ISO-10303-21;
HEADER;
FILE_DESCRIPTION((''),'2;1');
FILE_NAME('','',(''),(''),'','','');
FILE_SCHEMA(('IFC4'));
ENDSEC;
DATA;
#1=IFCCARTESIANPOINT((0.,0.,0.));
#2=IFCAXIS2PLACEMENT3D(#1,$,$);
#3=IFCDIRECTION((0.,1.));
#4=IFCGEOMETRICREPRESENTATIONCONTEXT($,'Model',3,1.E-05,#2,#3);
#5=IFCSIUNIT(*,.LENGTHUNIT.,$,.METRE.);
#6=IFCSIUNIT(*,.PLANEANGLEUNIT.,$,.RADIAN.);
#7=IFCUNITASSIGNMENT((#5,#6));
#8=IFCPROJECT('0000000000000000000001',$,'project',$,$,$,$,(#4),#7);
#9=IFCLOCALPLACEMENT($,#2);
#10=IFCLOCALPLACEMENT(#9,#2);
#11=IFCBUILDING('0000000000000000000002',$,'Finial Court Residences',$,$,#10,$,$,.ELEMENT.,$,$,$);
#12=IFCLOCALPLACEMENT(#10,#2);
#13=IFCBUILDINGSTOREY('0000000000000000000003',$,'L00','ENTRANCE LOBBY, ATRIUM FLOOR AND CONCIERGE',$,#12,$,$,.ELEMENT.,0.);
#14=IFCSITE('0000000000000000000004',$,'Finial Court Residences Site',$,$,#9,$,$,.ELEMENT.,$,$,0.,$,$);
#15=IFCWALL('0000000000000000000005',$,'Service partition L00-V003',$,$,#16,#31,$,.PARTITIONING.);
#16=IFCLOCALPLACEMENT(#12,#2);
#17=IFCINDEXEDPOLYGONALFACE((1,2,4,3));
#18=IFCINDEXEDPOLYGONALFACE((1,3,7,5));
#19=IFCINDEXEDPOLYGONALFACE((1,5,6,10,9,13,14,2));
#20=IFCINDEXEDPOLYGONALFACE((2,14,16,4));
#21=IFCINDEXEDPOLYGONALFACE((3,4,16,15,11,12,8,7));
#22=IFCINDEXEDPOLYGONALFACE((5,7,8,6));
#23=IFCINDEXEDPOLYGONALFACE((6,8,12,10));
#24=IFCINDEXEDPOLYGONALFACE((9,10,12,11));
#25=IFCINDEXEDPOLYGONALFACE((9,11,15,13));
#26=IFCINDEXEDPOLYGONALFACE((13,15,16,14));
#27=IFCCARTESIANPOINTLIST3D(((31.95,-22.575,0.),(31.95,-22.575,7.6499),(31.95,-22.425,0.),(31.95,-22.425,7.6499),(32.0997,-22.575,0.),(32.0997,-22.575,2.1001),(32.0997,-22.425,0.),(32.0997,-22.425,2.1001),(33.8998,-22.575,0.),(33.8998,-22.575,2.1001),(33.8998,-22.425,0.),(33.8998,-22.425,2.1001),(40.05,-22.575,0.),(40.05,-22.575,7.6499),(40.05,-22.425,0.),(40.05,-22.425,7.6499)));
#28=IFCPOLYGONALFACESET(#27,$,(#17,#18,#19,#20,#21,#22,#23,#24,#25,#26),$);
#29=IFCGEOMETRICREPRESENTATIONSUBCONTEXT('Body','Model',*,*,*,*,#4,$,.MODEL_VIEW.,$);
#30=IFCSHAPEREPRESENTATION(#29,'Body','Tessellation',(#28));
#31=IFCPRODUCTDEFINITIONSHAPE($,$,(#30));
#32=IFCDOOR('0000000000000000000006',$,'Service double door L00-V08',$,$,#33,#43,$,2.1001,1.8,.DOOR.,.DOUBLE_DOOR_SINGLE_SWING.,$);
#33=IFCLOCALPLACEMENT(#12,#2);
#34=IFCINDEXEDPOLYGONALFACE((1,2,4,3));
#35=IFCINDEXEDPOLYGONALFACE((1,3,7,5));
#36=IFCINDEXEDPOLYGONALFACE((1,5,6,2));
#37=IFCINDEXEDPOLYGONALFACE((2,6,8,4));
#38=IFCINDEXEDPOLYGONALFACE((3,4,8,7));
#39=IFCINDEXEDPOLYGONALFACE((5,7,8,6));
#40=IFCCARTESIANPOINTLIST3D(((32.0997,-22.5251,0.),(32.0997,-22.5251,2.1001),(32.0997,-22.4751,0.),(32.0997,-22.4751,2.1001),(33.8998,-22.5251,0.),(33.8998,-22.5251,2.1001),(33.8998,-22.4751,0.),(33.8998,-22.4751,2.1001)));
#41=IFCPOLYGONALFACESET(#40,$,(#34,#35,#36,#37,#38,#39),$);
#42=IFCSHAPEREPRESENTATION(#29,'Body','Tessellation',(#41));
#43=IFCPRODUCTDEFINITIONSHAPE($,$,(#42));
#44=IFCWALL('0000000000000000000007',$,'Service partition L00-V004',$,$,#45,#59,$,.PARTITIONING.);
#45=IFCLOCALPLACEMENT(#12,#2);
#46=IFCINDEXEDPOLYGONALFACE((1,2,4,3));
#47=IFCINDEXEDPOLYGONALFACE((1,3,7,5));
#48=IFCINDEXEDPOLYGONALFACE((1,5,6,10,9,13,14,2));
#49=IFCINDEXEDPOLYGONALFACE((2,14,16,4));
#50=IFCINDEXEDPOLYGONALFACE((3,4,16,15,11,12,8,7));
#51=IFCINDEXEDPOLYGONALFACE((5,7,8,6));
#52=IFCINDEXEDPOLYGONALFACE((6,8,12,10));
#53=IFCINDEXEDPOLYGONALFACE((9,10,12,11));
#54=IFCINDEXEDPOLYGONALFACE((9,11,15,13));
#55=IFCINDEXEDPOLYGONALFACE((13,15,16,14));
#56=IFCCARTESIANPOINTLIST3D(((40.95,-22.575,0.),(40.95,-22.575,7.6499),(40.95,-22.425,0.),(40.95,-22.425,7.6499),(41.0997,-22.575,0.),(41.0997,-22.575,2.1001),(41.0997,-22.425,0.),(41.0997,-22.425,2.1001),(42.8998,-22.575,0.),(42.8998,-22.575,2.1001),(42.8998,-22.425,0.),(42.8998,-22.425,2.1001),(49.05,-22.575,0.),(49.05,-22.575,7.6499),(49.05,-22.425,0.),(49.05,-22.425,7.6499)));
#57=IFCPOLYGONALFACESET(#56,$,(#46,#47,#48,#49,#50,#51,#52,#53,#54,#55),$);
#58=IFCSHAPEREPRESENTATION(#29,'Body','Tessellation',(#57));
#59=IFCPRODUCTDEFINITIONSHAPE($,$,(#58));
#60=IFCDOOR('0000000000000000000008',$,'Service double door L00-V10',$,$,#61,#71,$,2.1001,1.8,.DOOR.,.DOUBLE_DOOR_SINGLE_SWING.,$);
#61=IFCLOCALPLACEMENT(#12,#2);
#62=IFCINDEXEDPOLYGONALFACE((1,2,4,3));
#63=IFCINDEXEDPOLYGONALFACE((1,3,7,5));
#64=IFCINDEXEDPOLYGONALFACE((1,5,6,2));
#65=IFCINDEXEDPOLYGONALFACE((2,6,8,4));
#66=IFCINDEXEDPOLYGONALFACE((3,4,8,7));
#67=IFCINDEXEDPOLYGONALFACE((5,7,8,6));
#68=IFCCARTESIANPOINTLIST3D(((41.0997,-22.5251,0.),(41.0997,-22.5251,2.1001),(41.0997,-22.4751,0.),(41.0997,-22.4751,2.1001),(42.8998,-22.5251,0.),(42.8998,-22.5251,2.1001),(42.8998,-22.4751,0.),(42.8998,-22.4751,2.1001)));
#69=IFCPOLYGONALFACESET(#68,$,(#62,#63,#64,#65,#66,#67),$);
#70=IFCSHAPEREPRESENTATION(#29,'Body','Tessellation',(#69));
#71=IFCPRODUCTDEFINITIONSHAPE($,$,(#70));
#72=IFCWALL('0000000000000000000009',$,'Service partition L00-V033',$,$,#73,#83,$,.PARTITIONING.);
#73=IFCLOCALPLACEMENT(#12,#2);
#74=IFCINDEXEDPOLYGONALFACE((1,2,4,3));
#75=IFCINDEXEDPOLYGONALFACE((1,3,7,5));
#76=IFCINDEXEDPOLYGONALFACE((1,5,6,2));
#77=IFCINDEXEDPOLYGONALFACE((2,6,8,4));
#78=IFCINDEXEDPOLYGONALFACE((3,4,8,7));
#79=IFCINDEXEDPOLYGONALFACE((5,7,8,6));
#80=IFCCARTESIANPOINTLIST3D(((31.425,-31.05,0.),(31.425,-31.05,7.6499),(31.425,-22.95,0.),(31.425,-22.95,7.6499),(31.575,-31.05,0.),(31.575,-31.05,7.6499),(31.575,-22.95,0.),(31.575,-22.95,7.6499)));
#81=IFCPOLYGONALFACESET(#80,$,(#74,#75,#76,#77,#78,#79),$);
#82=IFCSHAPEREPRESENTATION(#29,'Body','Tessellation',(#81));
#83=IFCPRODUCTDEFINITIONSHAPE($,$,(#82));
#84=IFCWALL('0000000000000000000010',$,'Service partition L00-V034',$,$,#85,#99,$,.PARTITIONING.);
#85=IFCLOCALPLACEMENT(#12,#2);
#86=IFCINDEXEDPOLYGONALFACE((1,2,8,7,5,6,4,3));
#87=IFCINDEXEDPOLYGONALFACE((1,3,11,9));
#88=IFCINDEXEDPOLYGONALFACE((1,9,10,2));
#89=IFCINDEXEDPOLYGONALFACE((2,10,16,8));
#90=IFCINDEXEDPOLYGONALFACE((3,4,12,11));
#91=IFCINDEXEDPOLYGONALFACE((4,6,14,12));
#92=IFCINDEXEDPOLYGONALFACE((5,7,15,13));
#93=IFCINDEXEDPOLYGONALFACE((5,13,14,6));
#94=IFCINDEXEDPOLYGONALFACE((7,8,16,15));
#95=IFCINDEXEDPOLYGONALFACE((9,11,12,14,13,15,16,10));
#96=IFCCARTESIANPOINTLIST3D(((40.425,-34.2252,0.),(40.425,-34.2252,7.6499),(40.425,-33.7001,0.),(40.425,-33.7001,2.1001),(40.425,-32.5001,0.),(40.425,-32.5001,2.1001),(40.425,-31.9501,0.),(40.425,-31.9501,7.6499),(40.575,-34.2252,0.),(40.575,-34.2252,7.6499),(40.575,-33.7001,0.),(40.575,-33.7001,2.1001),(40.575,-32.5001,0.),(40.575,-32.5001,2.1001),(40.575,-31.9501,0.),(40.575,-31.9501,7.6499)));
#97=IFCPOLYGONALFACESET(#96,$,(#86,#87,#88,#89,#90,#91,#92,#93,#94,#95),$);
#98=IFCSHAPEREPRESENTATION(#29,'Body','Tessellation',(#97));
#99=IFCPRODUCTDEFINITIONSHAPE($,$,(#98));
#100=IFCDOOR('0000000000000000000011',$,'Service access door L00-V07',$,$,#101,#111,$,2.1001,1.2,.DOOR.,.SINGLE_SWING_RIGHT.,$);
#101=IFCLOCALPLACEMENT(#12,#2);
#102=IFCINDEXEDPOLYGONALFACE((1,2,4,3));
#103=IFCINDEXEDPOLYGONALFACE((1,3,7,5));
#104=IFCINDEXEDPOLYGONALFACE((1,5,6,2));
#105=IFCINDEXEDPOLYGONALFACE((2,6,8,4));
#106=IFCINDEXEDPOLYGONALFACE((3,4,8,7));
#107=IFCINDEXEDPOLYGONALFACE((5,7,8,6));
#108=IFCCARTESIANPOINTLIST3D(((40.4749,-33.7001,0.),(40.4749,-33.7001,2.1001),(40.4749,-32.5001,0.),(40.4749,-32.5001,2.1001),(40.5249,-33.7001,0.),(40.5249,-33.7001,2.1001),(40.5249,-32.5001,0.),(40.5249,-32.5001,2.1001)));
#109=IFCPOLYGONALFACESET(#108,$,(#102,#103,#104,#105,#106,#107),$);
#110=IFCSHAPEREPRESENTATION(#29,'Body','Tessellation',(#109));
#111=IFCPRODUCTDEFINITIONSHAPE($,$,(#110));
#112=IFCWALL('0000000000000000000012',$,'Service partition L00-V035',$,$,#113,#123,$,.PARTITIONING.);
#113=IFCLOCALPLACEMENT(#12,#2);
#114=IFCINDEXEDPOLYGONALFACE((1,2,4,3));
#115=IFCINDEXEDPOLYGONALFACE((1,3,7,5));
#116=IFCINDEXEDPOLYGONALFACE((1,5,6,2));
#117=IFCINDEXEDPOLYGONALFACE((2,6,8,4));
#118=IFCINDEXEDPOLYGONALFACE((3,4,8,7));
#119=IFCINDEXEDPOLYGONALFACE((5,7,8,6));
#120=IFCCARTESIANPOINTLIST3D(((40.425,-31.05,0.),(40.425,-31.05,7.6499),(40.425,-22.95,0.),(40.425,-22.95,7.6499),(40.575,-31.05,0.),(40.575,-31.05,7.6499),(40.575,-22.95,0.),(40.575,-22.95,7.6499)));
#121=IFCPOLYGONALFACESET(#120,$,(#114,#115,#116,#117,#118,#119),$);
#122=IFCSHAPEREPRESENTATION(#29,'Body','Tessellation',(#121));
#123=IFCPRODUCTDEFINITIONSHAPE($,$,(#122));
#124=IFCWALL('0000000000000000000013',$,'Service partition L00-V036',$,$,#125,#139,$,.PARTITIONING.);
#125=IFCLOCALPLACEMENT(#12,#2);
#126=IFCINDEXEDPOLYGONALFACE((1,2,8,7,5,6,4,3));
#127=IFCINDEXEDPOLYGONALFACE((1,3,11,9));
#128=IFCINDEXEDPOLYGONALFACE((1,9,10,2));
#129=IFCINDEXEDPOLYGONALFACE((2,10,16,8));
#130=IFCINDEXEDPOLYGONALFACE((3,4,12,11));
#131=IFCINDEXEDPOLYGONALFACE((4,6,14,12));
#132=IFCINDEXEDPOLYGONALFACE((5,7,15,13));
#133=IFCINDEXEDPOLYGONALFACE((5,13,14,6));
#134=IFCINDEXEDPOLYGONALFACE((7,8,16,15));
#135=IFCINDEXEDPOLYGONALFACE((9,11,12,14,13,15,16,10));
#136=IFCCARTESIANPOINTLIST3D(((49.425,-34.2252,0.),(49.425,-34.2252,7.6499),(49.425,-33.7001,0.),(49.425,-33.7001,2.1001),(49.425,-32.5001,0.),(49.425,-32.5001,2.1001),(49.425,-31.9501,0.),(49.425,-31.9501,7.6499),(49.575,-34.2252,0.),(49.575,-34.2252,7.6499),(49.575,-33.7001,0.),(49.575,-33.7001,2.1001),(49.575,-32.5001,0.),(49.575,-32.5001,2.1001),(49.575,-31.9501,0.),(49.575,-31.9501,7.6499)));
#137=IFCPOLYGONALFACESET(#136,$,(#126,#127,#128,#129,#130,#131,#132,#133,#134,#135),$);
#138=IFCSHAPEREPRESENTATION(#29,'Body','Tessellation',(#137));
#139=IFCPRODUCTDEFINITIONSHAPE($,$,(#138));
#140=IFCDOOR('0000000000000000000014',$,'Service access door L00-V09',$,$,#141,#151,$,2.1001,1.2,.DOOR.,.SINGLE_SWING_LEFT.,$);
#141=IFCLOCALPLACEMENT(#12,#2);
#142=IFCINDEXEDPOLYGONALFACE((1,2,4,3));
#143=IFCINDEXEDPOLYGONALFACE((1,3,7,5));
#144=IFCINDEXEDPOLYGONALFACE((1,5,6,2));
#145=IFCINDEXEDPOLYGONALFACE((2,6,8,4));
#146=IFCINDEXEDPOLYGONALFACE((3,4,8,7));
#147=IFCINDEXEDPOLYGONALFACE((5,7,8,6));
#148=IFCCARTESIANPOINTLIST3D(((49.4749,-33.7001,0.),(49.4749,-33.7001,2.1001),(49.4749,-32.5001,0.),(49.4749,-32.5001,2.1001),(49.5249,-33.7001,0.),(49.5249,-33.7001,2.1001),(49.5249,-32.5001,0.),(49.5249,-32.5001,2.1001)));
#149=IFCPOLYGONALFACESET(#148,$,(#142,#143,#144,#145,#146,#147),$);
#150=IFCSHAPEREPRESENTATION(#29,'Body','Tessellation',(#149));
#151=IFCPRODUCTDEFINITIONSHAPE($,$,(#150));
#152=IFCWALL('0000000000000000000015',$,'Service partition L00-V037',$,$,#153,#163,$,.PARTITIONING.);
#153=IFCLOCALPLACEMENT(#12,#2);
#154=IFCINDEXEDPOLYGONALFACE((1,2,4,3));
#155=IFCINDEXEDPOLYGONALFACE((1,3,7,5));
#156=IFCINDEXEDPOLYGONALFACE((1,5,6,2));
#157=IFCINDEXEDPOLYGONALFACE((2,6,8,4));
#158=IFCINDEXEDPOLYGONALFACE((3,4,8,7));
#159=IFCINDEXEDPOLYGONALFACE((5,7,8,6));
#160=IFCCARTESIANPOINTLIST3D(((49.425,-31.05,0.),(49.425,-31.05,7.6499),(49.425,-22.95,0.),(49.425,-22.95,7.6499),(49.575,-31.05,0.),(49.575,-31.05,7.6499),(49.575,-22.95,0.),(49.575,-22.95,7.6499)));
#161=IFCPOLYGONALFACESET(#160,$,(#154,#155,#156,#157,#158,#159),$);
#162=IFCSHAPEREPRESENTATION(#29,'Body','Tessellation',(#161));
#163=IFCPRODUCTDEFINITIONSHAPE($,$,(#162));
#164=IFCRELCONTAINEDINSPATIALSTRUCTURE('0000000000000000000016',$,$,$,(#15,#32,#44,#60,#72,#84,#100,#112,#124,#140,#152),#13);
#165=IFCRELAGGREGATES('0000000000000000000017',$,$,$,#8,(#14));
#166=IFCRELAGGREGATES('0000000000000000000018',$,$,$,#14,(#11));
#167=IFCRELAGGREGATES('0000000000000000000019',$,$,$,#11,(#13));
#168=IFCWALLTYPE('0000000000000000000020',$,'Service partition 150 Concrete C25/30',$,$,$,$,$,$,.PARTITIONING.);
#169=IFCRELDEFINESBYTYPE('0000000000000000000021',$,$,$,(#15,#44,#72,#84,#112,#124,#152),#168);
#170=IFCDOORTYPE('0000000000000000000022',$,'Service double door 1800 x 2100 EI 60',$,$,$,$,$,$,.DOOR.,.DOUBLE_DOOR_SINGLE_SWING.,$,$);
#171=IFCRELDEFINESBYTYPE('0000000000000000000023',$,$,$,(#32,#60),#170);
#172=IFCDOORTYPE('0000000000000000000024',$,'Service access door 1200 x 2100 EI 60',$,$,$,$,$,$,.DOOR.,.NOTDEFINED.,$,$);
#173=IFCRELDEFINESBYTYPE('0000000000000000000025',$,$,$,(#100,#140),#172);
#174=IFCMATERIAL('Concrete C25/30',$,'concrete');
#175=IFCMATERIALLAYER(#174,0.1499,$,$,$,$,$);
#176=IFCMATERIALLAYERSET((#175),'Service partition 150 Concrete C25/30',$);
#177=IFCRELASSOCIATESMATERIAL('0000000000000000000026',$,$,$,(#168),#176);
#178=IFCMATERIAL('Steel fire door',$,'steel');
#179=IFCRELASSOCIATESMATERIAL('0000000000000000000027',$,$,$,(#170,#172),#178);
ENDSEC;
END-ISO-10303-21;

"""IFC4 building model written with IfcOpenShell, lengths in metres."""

from ifc_helpers import new_model, si_unit, direction, frame, frame_2d, origin, place, context, subcontext, project, spatial, rectangle, extrude, material, layer, layer_set, type_object, element, fill, save


model = new_model("IFC4")

# Units and contexts
model_context = context("Model", 3, precision=1e-05, world=origin(), true_north=direction((0.0, 1.0)))
body_context = subcontext(model_context, "Body", "Model", "MODEL_VIEW")
ifc_project = project(units=[si_unit("LENGTHUNIT", "METRE"), si_unit("PLANEANGLEUNIT", "RADIAN")], contexts=[model_context])

# Site, building, storey
site_placement = place(None, origin())
site = spatial("IfcSite", under=ifc_project, at=site_placement, Name="Finial Court Residences Site", CompositionType="ELEMENT", RefElevation=0.0)
building_placement = place(site_placement, origin())
building = spatial("IfcBuilding", under=site, at=building_placement, Name="Finial Court Residences", CompositionType="ELEMENT")
storey_placement = place(building_placement, origin())
storey = spatial("IfcBuildingStorey", under=building, at=storey_placement, Name="L00", Description="ENTRANCE LOBBY, ATRIUM FLOOR AND CONCIERGE", CompositionType="ELEMENT", Elevation=0.0)

# Walls, openings, doors
ifc_material_1 = material(Name="Concrete C25/30", Category="concrete")
ifc_layer_1 = layer(ifc_material_1, 0.1499)
ifc_layer_set_1 = layer_set([ifc_layer_1], Name="Service partition 150 Concrete C25/30")
wall_type_1 = type_object("IfcWallType", Name="Service partition 150 Concrete C25/30", PredefinedType="PARTITIONING", material=ifc_layer_set_1)
wall_1_placement = place(storey_placement, frame((31.95, -22.5, 0.0), z_axis=(0.0, 0.0, 1.0), x_axis=(1.0, 0.0, 0.0)))
wall_1 = element("IfcWall", 1, at=wall_1_placement, inside=storey, type_object=wall_type_1, Name="Service partition L00-V003", PredefinedType="PARTITIONING", context=body_context, shape_type="SweptSolid", body=[
    extrude(rectangle(XDim=8.1001, YDim=0.1499, at=frame_2d((4.05, 0.0))), origin(), (0.0, 0.0, 1.0), 7.6499),
])
opening_1_placement = place(wall_1_placement, frame((0.1499, 0.0, 0.0)))
opening_1 = element("IfcOpeningElement", 2, at=opening_1_placement, cuts=wall_1, PredefinedType="OPENING", context=body_context, shape_type="SweptSolid", body=[
    extrude(rectangle(XDim=1.8, YDim=2.1001, at=frame_2d((0.8999, 1.05))), frame((0.0, 0.085, 0.0), z_axis=(0.0, -1.0, 0.0), x_axis=(1.0, 0.0, 0.0)), (0.0, 0.0, 1.0), 0.1699),
])
ifc_material_2 = material(Name="Steel fire door", Category="steel")
door_type_1 = type_object("IfcDoorType", Name="Service double door 1800 x 2100 EI 60", OperationType="DOUBLE_DOOR_SINGLE_SWING", PredefinedType="DOOR", material=ifc_material_2)
door_1_placement = place(opening_1_placement, origin())
door_1 = element("IfcDoor", 3, at=door_1_placement, inside=storey, type_object=door_type_1, Name="Service double door L00-V08", OperationType="DOUBLE_DOOR_SINGLE_SWING", OverallHeight=2.1001, OverallWidth=1.8, PredefinedType="DOOR", context=body_context, shape_type="SweptSolid", body=[
    extrude(rectangle(XDim=1.8, YDim=2.1001, at=frame_2d((0.8999, 1.05))), frame((0.0, 0.0249, 0.0), z_axis=(0.0, -1.0, 0.0), x_axis=(1.0, 0.0, 0.0)), (0.0, 0.0, 1.0), 0.05),
])
fill(opening_1, door_1)
wall_2_placement = place(storey_placement, frame((40.95, -22.5, 0.0), z_axis=(0.0, 0.0, 1.0), x_axis=(1.0, 0.0, 0.0)))
wall_2 = element("IfcWall", 4, at=wall_2_placement, inside=storey, type_object=wall_type_1, Name="Service partition L00-V004", PredefinedType="PARTITIONING", context=body_context, shape_type="SweptSolid", body=[
    extrude(rectangle(XDim=8.1001, YDim=0.1499, at=frame_2d((4.05, 0.0))), origin(), (0.0, 0.0, 1.0), 7.6499),
])
opening_2_placement = place(wall_2_placement, frame((0.1499, 0.0, 0.0)))
opening_2 = element("IfcOpeningElement", 5, at=opening_2_placement, cuts=wall_2, PredefinedType="OPENING", context=body_context, shape_type="SweptSolid", body=[
    extrude(rectangle(XDim=1.8, YDim=2.1001, at=frame_2d((0.8999, 1.05))), frame((0.0, 0.085, 0.0), z_axis=(0.0, -1.0, 0.0), x_axis=(1.0, 0.0, 0.0)), (0.0, 0.0, 1.0), 0.1699),
])
door_2_placement = place(opening_2_placement, origin())
door_2 = element("IfcDoor", 6, at=door_2_placement, inside=storey, type_object=door_type_1, Name="Service double door L00-V10", OperationType="DOUBLE_DOOR_SINGLE_SWING", OverallHeight=2.1001, OverallWidth=1.8, PredefinedType="DOOR", context=body_context, shape_type="SweptSolid", body=[
    extrude(rectangle(XDim=1.8, YDim=2.1001, at=frame_2d((0.8999, 1.05))), frame((0.0, 0.0249, 0.0), z_axis=(0.0, -1.0, 0.0), x_axis=(1.0, 0.0, 0.0)), (0.0, 0.0, 1.0), 0.05),
])
fill(opening_2, door_2)

# Wall
wall_3_placement = place(storey_placement, frame((31.5, -31.05, 0.0), z_axis=(0.0, 0.0, 1.0), x_axis=(0.0, 1.0, 0.0)))
element("IfcWall", 7, at=wall_3_placement, inside=storey, type_object=wall_type_1, Name="Service partition L00-V033", PredefinedType="PARTITIONING", context=body_context, shape_type="SweptSolid", body=[
    extrude(rectangle(XDim=8.1001, YDim=0.1499, at=frame_2d((4.05, 0.0))), origin(), (0.0, 0.0, 1.0), 7.6499),
])

# Wall, opening, door
wall_4_placement = place(storey_placement, frame((40.5, -31.95, 0.0), z_axis=(0.0, 0.0, 1.0), x_axis=(0.0, -1.0, 0.0)))
wall_4 = element("IfcWall", 8, at=wall_4_placement, inside=storey, type_object=wall_type_1, Name="Service partition L00-V034", PredefinedType="PARTITIONING", context=body_context, shape_type="SweptSolid", body=[
    extrude(rectangle(XDim=2.2751, YDim=0.1499, at=frame_2d((1.1377, 0.0))), origin(), (0.0, 0.0, 1.0), 7.6499),
])
opening_3_placement = place(wall_4_placement, frame((0.55, 0.0, 0.0)))
opening_3 = element("IfcOpeningElement", 9, at=opening_3_placement, cuts=wall_4, PredefinedType="OPENING", context=body_context, shape_type="SweptSolid", body=[
    extrude(rectangle(XDim=1.2, YDim=2.1001, at=frame_2d((0.6001, 1.05))), frame((0.0, 0.085, 0.0), z_axis=(0.0, -1.0, 0.0), x_axis=(1.0, 0.0, 0.0)), (0.0, 0.0, 1.0), 0.1699),
])
door_type_2 = type_object("IfcDoorType", Name="Service access door 1200 x 2100 EI 60", OperationType="NOTDEFINED", PredefinedType="DOOR", material=ifc_material_2)
door_3_placement = place(opening_3_placement, origin())
door_3 = element("IfcDoor", 10, at=door_3_placement, inside=storey, type_object=door_type_2, Name="Service access door L00-V07", OperationType="SINGLE_SWING_RIGHT", OverallHeight=2.1001, OverallWidth=1.2, PredefinedType="DOOR", context=body_context, shape_type="SweptSolid", body=[
    extrude(rectangle(XDim=1.2, YDim=2.1001, at=frame_2d((0.6001, 1.05))), frame((0.0, 0.0249, 0.0), z_axis=(0.0, -1.0, 0.0), x_axis=(1.0, 0.0, 0.0)), (0.0, 0.0, 1.0), 0.05),
])
fill(opening_3, door_3)

# Wall
wall_5_placement = place(storey_placement, frame((40.5, -31.05, 0.0), z_axis=(0.0, 0.0, 1.0), x_axis=(0.0, 1.0, 0.0)))
element("IfcWall", 11, at=wall_5_placement, inside=storey, type_object=wall_type_1, Name="Service partition L00-V035", PredefinedType="PARTITIONING", context=body_context, shape_type="SweptSolid", body=[
    extrude(rectangle(XDim=8.1001, YDim=0.1499, at=frame_2d((4.05, 0.0))), origin(), (0.0, 0.0, 1.0), 7.6499),
])

# Wall, opening, door
wall_6_placement = place(storey_placement, frame((49.5, -31.95, 0.0), z_axis=(0.0, 0.0, 1.0), x_axis=(0.0, -1.0, 0.0)))
wall_6 = element("IfcWall", 12, at=wall_6_placement, inside=storey, type_object=wall_type_1, Name="Service partition L00-V036", PredefinedType="PARTITIONING", context=body_context, shape_type="SweptSolid", body=[
    extrude(rectangle(XDim=2.2751, YDim=0.1499, at=frame_2d((1.1377, 0.0))), origin(), (0.0, 0.0, 1.0), 7.6499),
])
opening_4_placement = place(wall_6_placement, frame((0.55, 0.0, 0.0)))
opening_4 = element("IfcOpeningElement", 13, at=opening_4_placement, cuts=wall_6, PredefinedType="OPENING", context=body_context, shape_type="SweptSolid", body=[
    extrude(rectangle(XDim=1.2, YDim=2.1001, at=frame_2d((0.6001, 1.05))), frame((0.0, 0.085, 0.0), z_axis=(0.0, -1.0, 0.0), x_axis=(1.0, 0.0, 0.0)), (0.0, 0.0, 1.0), 0.1699),
])
door_4_placement = place(opening_4_placement, origin())
door_4 = element("IfcDoor", 14, at=door_4_placement, inside=storey, type_object=door_type_2, Name="Service access door L00-V09", OperationType="SINGLE_SWING_LEFT", OverallHeight=2.1001, OverallWidth=1.2, PredefinedType="DOOR", context=body_context, shape_type="SweptSolid", body=[
    extrude(rectangle(XDim=1.2, YDim=2.1001, at=frame_2d((0.6001, 1.05))), frame((0.0, 0.0249, 0.0), z_axis=(0.0, -1.0, 0.0), x_axis=(1.0, 0.0, 0.0)), (0.0, 0.0, 1.0), 0.05),
])
fill(opening_4, door_4)

# Wall
wall_7_placement = place(storey_placement, frame((49.5, -31.05, 0.0), z_axis=(0.0, 0.0, 1.0), x_axis=(0.0, 1.0, 0.0)))
element("IfcWall", 15, at=wall_7_placement, inside=storey, type_object=wall_type_1, Name="Service partition L00-V037", PredefinedType="PARTITIONING", context=body_context, shape_type="SweptSolid", body=[
    extrude(rectangle(XDim=8.1001, YDim=0.1499, at=frame_2d((4.05, 0.0))), origin(), (0.0, 0.0, 1.0), 7.6499),
])

save(model, "model.ifc")
